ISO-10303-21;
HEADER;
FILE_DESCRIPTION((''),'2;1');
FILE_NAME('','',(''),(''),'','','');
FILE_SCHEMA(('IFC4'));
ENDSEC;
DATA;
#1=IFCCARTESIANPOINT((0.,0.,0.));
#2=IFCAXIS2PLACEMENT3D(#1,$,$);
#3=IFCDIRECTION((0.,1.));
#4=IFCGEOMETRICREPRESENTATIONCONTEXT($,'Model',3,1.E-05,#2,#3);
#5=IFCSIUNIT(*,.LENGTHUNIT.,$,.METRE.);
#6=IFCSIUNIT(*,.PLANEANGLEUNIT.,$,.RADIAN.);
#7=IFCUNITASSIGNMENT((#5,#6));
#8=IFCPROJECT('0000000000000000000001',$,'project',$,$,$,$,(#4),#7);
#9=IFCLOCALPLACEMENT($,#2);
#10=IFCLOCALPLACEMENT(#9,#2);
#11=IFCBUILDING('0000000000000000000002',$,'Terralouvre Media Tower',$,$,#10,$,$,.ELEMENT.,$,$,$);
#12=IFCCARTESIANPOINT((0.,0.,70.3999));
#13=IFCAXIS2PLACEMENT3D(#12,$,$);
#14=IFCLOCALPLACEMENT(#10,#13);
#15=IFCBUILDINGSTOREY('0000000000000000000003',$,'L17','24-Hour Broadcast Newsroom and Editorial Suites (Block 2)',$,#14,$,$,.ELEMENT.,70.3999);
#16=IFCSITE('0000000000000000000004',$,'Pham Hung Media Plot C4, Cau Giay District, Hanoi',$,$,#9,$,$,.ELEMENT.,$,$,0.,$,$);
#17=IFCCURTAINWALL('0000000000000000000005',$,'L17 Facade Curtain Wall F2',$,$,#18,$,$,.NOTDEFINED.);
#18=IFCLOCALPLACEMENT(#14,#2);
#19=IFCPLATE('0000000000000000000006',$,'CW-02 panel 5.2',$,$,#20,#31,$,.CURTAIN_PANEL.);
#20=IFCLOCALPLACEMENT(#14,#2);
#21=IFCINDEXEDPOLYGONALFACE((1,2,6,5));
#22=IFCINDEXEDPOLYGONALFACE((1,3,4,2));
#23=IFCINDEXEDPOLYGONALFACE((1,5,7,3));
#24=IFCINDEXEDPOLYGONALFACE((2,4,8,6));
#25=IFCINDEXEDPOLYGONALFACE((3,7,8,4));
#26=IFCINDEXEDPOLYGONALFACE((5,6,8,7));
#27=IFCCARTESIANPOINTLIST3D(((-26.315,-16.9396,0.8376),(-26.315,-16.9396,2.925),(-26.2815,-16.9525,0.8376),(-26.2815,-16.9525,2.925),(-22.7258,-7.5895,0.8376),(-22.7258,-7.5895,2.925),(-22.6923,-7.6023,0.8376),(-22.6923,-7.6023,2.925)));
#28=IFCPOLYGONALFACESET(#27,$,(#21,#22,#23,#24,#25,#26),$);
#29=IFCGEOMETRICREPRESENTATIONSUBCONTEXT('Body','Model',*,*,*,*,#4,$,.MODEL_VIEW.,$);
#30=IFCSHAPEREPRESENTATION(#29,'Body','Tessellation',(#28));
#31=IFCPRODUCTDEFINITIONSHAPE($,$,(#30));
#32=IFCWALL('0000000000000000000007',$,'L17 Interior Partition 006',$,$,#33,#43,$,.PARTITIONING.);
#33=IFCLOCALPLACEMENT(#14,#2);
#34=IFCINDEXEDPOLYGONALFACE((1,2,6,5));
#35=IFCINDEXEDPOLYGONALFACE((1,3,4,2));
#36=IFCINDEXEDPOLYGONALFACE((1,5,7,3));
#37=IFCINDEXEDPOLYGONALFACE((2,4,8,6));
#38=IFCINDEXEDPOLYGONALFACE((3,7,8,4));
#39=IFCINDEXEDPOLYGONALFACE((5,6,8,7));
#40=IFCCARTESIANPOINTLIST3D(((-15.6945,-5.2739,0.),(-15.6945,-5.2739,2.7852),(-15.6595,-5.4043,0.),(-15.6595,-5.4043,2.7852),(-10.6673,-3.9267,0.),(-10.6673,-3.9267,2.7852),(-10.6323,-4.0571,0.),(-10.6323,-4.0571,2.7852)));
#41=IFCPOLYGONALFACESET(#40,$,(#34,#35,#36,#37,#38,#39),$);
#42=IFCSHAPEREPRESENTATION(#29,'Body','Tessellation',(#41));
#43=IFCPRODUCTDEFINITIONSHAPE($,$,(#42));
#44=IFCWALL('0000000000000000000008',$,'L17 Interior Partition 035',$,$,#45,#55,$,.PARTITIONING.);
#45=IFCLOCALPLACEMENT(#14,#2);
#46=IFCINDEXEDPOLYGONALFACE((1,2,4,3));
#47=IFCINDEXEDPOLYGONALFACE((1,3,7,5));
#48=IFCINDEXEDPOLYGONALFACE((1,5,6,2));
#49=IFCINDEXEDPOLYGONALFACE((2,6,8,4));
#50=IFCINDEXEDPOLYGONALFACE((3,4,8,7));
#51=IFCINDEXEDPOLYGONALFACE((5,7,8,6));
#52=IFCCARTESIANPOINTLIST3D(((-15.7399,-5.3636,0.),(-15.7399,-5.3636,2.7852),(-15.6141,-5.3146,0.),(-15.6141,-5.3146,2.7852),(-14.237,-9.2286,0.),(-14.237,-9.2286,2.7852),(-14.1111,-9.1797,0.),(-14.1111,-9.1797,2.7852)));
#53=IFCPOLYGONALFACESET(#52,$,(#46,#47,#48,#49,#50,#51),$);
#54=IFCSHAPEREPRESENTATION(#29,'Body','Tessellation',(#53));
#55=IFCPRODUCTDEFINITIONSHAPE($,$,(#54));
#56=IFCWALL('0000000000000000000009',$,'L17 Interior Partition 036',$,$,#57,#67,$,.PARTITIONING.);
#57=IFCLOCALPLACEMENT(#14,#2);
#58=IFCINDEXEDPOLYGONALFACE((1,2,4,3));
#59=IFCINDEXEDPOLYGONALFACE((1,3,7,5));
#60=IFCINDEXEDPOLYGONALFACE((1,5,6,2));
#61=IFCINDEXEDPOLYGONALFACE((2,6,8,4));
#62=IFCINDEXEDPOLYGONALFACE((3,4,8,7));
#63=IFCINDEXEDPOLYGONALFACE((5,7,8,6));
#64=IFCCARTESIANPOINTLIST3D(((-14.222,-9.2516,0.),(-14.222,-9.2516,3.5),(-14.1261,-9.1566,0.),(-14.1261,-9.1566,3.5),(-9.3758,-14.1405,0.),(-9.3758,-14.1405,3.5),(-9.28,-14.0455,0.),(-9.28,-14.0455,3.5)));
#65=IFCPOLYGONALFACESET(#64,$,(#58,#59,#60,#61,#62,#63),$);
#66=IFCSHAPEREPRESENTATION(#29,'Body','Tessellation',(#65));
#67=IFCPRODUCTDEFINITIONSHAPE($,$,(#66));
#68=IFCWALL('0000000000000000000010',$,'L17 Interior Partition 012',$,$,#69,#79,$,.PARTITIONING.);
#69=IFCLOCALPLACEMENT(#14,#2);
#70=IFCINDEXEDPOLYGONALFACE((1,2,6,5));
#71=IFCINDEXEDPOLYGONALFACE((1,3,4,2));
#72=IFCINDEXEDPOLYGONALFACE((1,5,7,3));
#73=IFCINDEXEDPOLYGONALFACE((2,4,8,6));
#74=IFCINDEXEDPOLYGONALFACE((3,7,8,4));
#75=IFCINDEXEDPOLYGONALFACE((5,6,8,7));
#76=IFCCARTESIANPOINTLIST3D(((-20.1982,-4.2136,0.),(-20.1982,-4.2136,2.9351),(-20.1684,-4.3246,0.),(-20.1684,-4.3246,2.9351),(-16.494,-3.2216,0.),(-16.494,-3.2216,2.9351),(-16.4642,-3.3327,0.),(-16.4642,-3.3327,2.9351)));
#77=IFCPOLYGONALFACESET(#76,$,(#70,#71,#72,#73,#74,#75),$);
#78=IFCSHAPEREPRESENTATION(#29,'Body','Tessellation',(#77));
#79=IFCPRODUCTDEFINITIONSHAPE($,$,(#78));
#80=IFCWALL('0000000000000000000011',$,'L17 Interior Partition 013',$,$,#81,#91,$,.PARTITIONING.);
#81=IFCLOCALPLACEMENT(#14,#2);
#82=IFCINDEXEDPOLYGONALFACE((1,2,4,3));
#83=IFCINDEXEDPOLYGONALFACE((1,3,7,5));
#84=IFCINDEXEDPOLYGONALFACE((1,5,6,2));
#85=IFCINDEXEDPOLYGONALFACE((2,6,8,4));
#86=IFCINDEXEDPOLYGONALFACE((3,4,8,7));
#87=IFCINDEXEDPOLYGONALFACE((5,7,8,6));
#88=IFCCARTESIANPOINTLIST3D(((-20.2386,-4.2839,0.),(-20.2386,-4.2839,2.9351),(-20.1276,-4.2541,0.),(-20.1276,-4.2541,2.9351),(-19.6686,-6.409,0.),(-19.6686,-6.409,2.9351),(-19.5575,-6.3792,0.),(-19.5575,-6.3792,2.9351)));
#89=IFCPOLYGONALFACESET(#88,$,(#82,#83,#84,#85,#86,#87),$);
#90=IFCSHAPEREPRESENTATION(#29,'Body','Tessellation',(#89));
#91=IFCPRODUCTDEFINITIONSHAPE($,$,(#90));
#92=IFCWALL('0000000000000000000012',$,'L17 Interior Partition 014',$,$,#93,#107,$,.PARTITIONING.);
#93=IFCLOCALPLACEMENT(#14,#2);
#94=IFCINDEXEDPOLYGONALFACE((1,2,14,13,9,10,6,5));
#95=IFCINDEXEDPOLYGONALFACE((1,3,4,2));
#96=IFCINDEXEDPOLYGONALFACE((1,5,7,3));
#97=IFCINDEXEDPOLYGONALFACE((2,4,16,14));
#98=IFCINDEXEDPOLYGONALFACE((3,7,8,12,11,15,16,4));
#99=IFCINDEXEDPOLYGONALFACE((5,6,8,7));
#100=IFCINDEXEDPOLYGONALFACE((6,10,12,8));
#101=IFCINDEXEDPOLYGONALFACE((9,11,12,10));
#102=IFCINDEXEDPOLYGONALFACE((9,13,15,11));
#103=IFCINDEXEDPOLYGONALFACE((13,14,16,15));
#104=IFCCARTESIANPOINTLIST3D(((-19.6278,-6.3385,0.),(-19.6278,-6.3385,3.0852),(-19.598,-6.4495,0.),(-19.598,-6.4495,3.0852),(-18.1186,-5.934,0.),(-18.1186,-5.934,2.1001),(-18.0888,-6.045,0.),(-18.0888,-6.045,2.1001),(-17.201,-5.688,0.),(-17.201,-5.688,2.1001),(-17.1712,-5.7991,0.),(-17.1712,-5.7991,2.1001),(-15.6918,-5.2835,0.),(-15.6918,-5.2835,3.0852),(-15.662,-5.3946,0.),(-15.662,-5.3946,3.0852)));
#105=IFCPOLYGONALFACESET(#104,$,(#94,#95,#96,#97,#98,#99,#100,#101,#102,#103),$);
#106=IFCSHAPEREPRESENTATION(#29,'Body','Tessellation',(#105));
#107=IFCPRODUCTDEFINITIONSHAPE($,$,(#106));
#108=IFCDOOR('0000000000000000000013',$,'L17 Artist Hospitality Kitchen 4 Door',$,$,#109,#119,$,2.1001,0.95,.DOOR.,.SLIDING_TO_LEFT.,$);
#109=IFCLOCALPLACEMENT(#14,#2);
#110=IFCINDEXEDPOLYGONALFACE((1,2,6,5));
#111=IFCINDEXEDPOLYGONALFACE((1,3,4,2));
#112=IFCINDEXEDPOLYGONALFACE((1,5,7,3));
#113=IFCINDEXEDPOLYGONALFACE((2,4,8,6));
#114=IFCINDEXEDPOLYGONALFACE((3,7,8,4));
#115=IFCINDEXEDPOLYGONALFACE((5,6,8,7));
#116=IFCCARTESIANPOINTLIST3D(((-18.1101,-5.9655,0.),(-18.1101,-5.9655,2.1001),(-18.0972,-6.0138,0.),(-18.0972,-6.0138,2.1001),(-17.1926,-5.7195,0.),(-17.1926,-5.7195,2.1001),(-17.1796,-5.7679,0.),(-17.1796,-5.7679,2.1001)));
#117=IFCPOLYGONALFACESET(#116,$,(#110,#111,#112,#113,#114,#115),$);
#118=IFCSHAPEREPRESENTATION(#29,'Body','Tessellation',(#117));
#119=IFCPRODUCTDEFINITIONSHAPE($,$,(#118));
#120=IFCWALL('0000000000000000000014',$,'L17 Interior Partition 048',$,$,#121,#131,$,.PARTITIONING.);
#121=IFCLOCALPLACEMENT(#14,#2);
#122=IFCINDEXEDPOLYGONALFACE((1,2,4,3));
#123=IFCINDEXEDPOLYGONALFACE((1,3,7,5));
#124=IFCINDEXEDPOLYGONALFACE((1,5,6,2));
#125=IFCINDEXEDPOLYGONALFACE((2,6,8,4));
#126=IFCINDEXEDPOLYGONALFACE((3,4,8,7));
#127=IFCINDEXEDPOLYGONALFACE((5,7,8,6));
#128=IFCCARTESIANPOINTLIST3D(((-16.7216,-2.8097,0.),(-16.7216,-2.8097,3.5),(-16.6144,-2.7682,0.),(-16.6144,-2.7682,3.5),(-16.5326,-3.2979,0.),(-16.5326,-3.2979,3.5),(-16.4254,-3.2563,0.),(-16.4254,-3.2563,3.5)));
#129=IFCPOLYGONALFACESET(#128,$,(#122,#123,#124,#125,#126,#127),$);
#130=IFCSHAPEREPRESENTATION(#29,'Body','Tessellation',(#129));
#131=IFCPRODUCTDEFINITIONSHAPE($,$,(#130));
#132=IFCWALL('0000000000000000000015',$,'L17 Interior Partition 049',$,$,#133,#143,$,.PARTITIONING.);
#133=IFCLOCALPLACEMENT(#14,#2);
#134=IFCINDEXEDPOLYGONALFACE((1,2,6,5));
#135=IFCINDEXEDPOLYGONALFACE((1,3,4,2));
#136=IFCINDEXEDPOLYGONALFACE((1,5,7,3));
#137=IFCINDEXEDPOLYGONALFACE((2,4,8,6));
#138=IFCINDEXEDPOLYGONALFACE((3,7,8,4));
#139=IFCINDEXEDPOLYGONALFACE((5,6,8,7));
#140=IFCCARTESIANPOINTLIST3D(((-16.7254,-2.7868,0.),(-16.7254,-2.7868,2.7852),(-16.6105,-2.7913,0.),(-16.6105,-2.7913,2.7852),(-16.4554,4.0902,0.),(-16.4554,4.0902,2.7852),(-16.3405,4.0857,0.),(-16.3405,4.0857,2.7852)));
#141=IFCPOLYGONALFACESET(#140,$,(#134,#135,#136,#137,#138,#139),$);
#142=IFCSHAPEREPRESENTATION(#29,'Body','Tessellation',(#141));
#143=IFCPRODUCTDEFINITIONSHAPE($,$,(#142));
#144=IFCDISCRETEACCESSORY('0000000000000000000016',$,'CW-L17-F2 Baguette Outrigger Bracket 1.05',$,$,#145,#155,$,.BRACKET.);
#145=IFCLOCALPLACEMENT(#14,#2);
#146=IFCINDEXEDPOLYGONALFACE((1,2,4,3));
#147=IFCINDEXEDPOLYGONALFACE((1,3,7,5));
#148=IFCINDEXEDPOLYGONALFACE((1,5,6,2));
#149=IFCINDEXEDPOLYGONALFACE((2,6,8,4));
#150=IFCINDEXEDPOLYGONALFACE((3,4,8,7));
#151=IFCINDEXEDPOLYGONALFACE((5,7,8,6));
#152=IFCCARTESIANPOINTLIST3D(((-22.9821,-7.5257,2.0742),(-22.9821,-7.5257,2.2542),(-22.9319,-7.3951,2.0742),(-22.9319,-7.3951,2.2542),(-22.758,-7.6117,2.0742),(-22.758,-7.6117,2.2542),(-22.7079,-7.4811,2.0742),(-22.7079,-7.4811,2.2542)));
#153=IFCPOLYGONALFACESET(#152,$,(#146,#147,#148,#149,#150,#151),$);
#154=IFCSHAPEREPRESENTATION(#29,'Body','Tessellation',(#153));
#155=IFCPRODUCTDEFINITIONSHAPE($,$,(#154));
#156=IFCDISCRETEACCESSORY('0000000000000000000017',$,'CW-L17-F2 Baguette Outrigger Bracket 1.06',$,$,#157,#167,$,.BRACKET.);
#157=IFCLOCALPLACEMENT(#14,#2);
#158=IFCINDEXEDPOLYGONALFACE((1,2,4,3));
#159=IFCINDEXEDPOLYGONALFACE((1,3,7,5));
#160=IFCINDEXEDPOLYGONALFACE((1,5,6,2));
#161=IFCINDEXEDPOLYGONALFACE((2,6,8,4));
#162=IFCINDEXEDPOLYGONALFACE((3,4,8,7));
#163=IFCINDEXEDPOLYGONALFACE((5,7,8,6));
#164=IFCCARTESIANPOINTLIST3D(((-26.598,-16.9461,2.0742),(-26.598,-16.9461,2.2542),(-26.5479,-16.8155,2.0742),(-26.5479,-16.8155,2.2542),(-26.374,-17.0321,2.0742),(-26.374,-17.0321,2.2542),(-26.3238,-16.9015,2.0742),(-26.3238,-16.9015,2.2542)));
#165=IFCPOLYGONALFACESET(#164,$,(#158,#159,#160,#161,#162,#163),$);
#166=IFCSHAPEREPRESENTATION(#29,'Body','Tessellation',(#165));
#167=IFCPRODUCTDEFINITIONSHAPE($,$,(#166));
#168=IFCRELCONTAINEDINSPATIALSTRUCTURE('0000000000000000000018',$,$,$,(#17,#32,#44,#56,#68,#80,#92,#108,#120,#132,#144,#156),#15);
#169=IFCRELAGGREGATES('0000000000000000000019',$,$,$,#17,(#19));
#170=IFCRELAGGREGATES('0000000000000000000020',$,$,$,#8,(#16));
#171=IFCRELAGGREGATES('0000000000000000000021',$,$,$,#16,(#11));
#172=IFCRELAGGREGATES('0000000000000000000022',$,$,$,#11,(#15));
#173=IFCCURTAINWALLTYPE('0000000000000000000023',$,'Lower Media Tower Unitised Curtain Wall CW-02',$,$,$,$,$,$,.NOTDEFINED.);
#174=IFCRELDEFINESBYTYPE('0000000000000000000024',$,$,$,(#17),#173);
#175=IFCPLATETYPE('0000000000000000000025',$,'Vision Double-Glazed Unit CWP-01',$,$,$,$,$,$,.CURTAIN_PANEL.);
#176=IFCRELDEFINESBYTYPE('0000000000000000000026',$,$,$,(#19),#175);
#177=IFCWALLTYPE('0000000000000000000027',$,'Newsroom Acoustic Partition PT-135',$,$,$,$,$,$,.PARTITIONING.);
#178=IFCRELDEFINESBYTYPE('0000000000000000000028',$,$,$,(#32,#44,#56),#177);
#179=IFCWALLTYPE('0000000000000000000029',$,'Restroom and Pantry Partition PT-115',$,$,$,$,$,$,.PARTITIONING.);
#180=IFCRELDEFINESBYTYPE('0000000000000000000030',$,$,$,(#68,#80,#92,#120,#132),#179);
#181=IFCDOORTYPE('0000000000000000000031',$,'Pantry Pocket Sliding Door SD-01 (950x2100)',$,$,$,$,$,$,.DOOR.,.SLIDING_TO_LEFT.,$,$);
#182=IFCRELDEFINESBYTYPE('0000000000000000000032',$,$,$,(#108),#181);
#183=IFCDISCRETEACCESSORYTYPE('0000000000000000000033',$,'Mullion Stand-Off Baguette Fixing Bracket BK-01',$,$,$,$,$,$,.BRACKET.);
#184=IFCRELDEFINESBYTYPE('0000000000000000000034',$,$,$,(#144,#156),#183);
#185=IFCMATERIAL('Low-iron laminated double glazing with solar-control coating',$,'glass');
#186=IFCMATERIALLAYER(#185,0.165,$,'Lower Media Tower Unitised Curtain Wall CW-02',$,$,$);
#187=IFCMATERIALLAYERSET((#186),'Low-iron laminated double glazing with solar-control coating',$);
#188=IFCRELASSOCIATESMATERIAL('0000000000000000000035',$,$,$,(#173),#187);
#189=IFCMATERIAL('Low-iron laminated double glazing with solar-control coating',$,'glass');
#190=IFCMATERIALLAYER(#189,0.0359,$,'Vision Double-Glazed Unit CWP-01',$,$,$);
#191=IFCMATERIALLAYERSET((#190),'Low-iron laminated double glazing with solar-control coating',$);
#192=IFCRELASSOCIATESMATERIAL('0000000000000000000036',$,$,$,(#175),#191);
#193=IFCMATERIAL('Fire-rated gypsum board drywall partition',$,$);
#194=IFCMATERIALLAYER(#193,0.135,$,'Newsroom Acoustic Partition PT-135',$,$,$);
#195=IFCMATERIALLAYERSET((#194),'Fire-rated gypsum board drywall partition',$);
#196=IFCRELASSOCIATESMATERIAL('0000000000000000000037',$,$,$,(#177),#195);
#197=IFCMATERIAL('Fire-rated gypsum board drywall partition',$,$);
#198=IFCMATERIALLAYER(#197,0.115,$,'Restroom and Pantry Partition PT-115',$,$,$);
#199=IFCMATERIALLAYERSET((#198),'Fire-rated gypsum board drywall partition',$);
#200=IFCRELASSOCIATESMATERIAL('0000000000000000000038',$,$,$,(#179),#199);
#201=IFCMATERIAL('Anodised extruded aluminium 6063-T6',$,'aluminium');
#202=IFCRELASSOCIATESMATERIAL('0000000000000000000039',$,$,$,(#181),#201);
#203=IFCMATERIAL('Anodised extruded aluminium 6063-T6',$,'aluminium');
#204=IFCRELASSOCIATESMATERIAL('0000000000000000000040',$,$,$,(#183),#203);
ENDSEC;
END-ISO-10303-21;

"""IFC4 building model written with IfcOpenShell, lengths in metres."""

from ifc_helpers import new_model, si_unit, direction, frame, frame_2d, origin, origin_2d, place, context, subcontext, project, spatial, rectangle, extrude, material, layer, layer_set, type_object, element, fill, aggregate, save


model = new_model("IFC4")

# Units and contexts
model_context = context("Model", 3, precision=1e-05, world=origin(), true_north=direction((0.0, 1.0)))
body_context = subcontext(model_context, "Body", "Model", "MODEL_VIEW")
ifc_project = project(units=[si_unit("LENGTHUNIT", "METRE"), si_unit("PLANEANGLEUNIT", "RADIAN")], contexts=[model_context])

# Site, building, storey
site_placement = place(None, origin())
site = spatial("IfcSite", under=ifc_project, at=site_placement, Name="Pham Hung Media Plot C4, Cau Giay District, Hanoi", CompositionType="ELEMENT", RefElevation=0.0)
building_placement = place(site_placement, origin())
building = spatial("IfcBuilding", under=site, at=building_placement, Name="Terralouvre Media Tower", CompositionType="ELEMENT")
storey_placement = place(building_placement, frame((0.0, 0.0, 70.3999)))
storey = spatial("IfcBuildingStorey", under=building, at=storey_placement, Name="L17", Description="24-Hour Broadcast Newsroom and Editorial Suites (Block 2)", CompositionType="ELEMENT", Elevation=70.3999)

# Curtain wall
ifc_material_1 = material(Name="Low-iron laminated double glazing with solar-control coating", Category="glass")
ifc_layer_1 = layer(ifc_material_1, 0.165, Name="Lower Media Tower Unitised Curtain Wall CW-02")
ifc_layer_set_1 = layer_set([ifc_layer_1], Name="Low-iron laminated double glazing with solar-control coating")
curtain_wall_type_1 = type_object("IfcCurtainWallType", Name="Lower Media Tower Unitised Curtain Wall CW-02", PredefinedType="NOTDEFINED", material=ifc_layer_set_1)
curtain_wall_1_placement = place(storey_placement, origin())
curtain_wall_1 = element("IfcCurtainWall", 1, at=curtain_wall_1_placement, inside=storey, type_object=curtain_wall_type_1, Name="L17 Facade Curtain Wall F2", PredefinedType="NOTDEFINED")

# Plate
ifc_material_2 = material(Name="Low-iron laminated double glazing with solar-control coating", Category="glass")
ifc_layer_2 = layer(ifc_material_2, 0.0359, Name="Vision Double-Glazed Unit CWP-01")
ifc_layer_set_2 = layer_set([ifc_layer_2], Name="Low-iron laminated double glazing with solar-control coating")
plate_type = type_object("IfcPlateType", Name="Vision Double-Glazed Unit CWP-01", PredefinedType="CURTAIN_PANEL", material=ifc_layer_set_2)
plate_1_placement = place(storey_placement, frame((-24.5037, -12.271, 0.8376), z_axis=(0.0, 0.0, 1.0), x_axis=(-0.358368, -0.93358, 0.0)))
plate_1 = element("IfcPlate", 2, at=plate_1_placement, type_object=plate_type, Name="CW-02 panel 5.2", PredefinedType="CURTAIN_PANEL", context=body_context, shape_type="SweptSolid", body=[
    extrude(rectangle(XDim=10.0154, YDim=0.0359, at=origin_2d()), origin(), (0.0, 0.0, 1.0), 2.0874),
])
aggregate(curtain_wall_1, [plate_1])

# Walls
ifc_material_3 = material(Name="Fire-rated gypsum board drywall partition")
ifc_layer_3 = layer(ifc_material_3, 0.135, Name="Newsroom Acoustic Partition PT-135")
ifc_layer_set_3 = layer_set([ifc_layer_3], Name="Fire-rated gypsum board drywall partition")
wall_type_1 = type_object("IfcWallType", Name="Newsroom Acoustic Partition PT-135", PredefinedType="PARTITIONING", material=ifc_layer_set_3)
wall_1_placement = place(storey_placement, frame((-15.677, -5.3391, 0.0), z_axis=(0.0, 0.0, 1.0), x_axis=(0.965918, 0.258848, 0.0)))
element("IfcWall", 3, at=wall_1_placement, inside=storey, type_object=wall_type_1, Name="L17 Interior Partition 006", PredefinedType="PARTITIONING", context=body_context, shape_type="SweptSolid", body=[
    extrude(rectangle(XDim=5.2046, YDim=0.135, at=frame_2d((2.6023, 0.0))), origin(), (0.0, 0.0, 1.0), 2.7852),
])
wall_2_placement = place(storey_placement, frame((-15.677, -5.3391, 0.0), z_axis=(0.0, 0.0, 1.0), x_axis=(0.362421, -0.932015, 0.0)))
element("IfcWall", 4, at=wall_2_placement, inside=storey, type_object=wall_type_1, Name="L17 Interior Partition 035", PredefinedType="PARTITIONING", context=body_context, shape_type="SweptSolid", body=[
    extrude(rectangle(XDim=4.147, YDim=0.135, at=frame_2d((2.0735, 0.0))), origin(), (0.0, 0.0, 1.0), 2.7852),
])
wall_3_placement = place(storey_placement, frame((-14.1741, -9.2041, 0.0), z_axis=(0.0, 0.0, 1.0), x_axis=(0.703997, -0.710203, 0.0)))
element("IfcWall", 5, at=wall_3_placement, inside=storey, type_object=wall_type_1, Name="L17 Interior Partition 036", PredefinedType="PARTITIONING", context=body_context, shape_type="SweptSolid", body=[
    extrude(rectangle(XDim=6.8838, YDim=0.135, at=frame_2d((3.4419, 0.0))), origin(), (0.0, 0.0, 1.0), 3.5),
])
ifc_material_4 = material(Name="Fire-rated gypsum board drywall partition")
ifc_layer_4 = layer(ifc_material_4, 0.115, Name="Restroom and Pantry Partition PT-115")
ifc_layer_set_4 = layer_set([ifc_layer_4], Name="Fire-rated gypsum board drywall partition")
wall_type_2 = type_object("IfcWallType", Name="Restroom and Pantry Partition PT-115", PredefinedType="PARTITIONING", material=ifc_layer_set_4)
wall_4_placement = place(storey_placement, frame((-16.479, -3.2771, 0.0), z_axis=(0.0, 0.0, 1.0), x_axis=(-0.965963, -0.258681, 0.0)))
element("IfcWall", 6, at=wall_4_placement, inside=storey, type_object=wall_type_2, Name="L17 Interior Partition 012", PredefinedType="PARTITIONING", context=body_context, shape_type="SweptSolid", body=[
    extrude(rectangle(XDim=3.8347, YDim=0.115, at=frame_2d((1.9175, 0.0))), origin(), (0.0, 0.0, 1.0), 2.9351),
])
wall_5_placement = place(storey_placement, frame((-20.1831, -4.269, 0.0), z_axis=(0.0, 0.0, 1.0), x_axis=(0.259106, -0.965849, 0.0)))
element("IfcWall", 7, at=wall_5_placement, inside=storey, type_object=wall_type_2, Name="L17 Interior Partition 013", PredefinedType="PARTITIONING", context=body_context, shape_type="SweptSolid", body=[
    extrude(rectangle(XDim=2.2002, YDim=0.115, at=frame_2d((1.1001, 0.0))), origin(), (0.0, 0.0, 1.0), 2.9351),
])

# Wall, opening, door
wall_6_placement = place(storey_placement, frame((-19.613, -6.394, 0.0), z_axis=(0.0, 0.0, 1.0), x_axis=(0.965909, 0.258882, 0.0)))
wall_6 = element("IfcWall", 8, at=wall_6_placement, inside=storey, type_object=wall_type_2, Name="L17 Interior Partition 014", PredefinedType="PARTITIONING", context=body_context, shape_type="SweptSolid", body=[
    extrude(rectangle(XDim=4.075, YDim=0.115, at=frame_2d((2.0376, 0.0))), origin(), (0.0, 0.0, 1.0), 3.0852),
])
opening_placement = place(wall_6_placement, frame((1.5625, 0.0, 0.0)))
opening = element("IfcOpeningElement", 9, at=opening_placement, cuts=wall_6, PredefinedType="OPENING", context=body_context, shape_type="SweptSolid", body=[
    extrude(rectangle(XDim=0.95, YDim=2.1001, at=frame_2d((0.4751, 1.05))), frame((0.0, 0.0674, 0.0), z_axis=(0.0, -1.0, 0.0), x_axis=(1.0, 0.0, 0.0)), (0.0, 0.0, 1.0), 0.135),
])
ifc_material_5 = material(Name="Anodised extruded aluminium 6063-T6", Category="aluminium")
door_type = type_object("IfcDoorType", Name="Pantry Pocket Sliding Door SD-01 (950x2100)", OperationType="SLIDING_TO_LEFT", PredefinedType="DOOR", material=ifc_material_5)
door_placement = place(opening_placement, origin())
door = element("IfcDoor", 10, at=door_placement, inside=storey, type_object=door_type, Name="L17 Artist Hospitality Kitchen 4 Door", OperationType="SLIDING_TO_LEFT", OverallHeight=2.1001, OverallWidth=0.95, PredefinedType="DOOR", context=body_context, shape_type="SweptSolid", body=[
    extrude(rectangle(XDim=0.95, YDim=2.1001, at=frame_2d((0.4751, 1.05))), frame((0.0, 0.0249, 0.0), z_axis=(0.0, -1.0, 0.0), x_axis=(1.0, 0.0, 0.0)), (0.0, 0.0, 1.0), 0.05),
])
fill(opening, door)

# Walls
wall_7_placement = place(storey_placement, frame((-16.479, -3.2771, 0.0), z_axis=(0.0, 0.0, 1.0), x_axis=(-0.361073, 0.932538, 0.0)))
element("IfcWall", 11, at=wall_7_placement, inside=storey, type_object=wall_type_2, Name="L17 Interior Partition 048", PredefinedType="PARTITIONING", context=body_context, shape_type="SweptSolid", body=[
    extrude(rectangle(XDim=0.5234, YDim=0.115, at=frame_2d((0.2617, 0.0))), origin(), (0.0, 0.0, 1.0), 3.5),
])
wall_8_placement = place(storey_placement, frame((-16.668, -2.7891, 0.0), z_axis=(0.0, 0.0, 1.0), x_axis=(0.039234, 0.99923, 0.0)))
element("IfcWall", 12, at=wall_8_placement, inside=storey, type_object=wall_type_2, Name="L17 Interior Partition 049", PredefinedType="PARTITIONING", context=body_context, shape_type="SweptSolid", body=[
    extrude(rectangle(XDim=6.8823, YDim=0.115, at=frame_2d((3.4412, 0.0))), origin(), (0.0, 0.0, 1.0), 2.7852),
])

# Discrete accessories
ifc_material_6 = material(Name="Anodised extruded aluminium 6063-T6", Category="aluminium")
discrete_accessory_type = type_object("IfcDiscreteAccessoryType", Name="Mullion Stand-Off Baguette Fixing Bracket BK-01", PredefinedType="BRACKET", material=ifc_material_6)
for number, where, z_axis, x_axis, name in (
    (13, (-22.845, -7.5034, 2.0742), (0.0, 0.0, 1.0), (-0.358368, -0.93358, 0.0), "CW-L17-F2 Baguette Outrigger Bracket 1.05"),
    (14, (-26.4609, -16.9238, 2.0742), (0.0, 0.0, 1.0), (-0.358368, -0.93358, 0.0), "CW-L17-F2 Baguette Outrigger Bracket 1.06"),
):
    element("IfcDiscreteAccessory", number, at=place(storey_placement, frame(where, z_axis=z_axis, x_axis=x_axis)), inside=storey, type_object=discrete_accessory_type, Name=name, PredefinedType="BRACKET", context=body_context, shape_type="SweptSolid", body=[
        extrude(rectangle(XDim=0.1399, YDim=0.24, at=origin_2d()), origin(), (0.0, 0.0, 1.0), 0.1799),
    ])

save(model, "model.ifc")
